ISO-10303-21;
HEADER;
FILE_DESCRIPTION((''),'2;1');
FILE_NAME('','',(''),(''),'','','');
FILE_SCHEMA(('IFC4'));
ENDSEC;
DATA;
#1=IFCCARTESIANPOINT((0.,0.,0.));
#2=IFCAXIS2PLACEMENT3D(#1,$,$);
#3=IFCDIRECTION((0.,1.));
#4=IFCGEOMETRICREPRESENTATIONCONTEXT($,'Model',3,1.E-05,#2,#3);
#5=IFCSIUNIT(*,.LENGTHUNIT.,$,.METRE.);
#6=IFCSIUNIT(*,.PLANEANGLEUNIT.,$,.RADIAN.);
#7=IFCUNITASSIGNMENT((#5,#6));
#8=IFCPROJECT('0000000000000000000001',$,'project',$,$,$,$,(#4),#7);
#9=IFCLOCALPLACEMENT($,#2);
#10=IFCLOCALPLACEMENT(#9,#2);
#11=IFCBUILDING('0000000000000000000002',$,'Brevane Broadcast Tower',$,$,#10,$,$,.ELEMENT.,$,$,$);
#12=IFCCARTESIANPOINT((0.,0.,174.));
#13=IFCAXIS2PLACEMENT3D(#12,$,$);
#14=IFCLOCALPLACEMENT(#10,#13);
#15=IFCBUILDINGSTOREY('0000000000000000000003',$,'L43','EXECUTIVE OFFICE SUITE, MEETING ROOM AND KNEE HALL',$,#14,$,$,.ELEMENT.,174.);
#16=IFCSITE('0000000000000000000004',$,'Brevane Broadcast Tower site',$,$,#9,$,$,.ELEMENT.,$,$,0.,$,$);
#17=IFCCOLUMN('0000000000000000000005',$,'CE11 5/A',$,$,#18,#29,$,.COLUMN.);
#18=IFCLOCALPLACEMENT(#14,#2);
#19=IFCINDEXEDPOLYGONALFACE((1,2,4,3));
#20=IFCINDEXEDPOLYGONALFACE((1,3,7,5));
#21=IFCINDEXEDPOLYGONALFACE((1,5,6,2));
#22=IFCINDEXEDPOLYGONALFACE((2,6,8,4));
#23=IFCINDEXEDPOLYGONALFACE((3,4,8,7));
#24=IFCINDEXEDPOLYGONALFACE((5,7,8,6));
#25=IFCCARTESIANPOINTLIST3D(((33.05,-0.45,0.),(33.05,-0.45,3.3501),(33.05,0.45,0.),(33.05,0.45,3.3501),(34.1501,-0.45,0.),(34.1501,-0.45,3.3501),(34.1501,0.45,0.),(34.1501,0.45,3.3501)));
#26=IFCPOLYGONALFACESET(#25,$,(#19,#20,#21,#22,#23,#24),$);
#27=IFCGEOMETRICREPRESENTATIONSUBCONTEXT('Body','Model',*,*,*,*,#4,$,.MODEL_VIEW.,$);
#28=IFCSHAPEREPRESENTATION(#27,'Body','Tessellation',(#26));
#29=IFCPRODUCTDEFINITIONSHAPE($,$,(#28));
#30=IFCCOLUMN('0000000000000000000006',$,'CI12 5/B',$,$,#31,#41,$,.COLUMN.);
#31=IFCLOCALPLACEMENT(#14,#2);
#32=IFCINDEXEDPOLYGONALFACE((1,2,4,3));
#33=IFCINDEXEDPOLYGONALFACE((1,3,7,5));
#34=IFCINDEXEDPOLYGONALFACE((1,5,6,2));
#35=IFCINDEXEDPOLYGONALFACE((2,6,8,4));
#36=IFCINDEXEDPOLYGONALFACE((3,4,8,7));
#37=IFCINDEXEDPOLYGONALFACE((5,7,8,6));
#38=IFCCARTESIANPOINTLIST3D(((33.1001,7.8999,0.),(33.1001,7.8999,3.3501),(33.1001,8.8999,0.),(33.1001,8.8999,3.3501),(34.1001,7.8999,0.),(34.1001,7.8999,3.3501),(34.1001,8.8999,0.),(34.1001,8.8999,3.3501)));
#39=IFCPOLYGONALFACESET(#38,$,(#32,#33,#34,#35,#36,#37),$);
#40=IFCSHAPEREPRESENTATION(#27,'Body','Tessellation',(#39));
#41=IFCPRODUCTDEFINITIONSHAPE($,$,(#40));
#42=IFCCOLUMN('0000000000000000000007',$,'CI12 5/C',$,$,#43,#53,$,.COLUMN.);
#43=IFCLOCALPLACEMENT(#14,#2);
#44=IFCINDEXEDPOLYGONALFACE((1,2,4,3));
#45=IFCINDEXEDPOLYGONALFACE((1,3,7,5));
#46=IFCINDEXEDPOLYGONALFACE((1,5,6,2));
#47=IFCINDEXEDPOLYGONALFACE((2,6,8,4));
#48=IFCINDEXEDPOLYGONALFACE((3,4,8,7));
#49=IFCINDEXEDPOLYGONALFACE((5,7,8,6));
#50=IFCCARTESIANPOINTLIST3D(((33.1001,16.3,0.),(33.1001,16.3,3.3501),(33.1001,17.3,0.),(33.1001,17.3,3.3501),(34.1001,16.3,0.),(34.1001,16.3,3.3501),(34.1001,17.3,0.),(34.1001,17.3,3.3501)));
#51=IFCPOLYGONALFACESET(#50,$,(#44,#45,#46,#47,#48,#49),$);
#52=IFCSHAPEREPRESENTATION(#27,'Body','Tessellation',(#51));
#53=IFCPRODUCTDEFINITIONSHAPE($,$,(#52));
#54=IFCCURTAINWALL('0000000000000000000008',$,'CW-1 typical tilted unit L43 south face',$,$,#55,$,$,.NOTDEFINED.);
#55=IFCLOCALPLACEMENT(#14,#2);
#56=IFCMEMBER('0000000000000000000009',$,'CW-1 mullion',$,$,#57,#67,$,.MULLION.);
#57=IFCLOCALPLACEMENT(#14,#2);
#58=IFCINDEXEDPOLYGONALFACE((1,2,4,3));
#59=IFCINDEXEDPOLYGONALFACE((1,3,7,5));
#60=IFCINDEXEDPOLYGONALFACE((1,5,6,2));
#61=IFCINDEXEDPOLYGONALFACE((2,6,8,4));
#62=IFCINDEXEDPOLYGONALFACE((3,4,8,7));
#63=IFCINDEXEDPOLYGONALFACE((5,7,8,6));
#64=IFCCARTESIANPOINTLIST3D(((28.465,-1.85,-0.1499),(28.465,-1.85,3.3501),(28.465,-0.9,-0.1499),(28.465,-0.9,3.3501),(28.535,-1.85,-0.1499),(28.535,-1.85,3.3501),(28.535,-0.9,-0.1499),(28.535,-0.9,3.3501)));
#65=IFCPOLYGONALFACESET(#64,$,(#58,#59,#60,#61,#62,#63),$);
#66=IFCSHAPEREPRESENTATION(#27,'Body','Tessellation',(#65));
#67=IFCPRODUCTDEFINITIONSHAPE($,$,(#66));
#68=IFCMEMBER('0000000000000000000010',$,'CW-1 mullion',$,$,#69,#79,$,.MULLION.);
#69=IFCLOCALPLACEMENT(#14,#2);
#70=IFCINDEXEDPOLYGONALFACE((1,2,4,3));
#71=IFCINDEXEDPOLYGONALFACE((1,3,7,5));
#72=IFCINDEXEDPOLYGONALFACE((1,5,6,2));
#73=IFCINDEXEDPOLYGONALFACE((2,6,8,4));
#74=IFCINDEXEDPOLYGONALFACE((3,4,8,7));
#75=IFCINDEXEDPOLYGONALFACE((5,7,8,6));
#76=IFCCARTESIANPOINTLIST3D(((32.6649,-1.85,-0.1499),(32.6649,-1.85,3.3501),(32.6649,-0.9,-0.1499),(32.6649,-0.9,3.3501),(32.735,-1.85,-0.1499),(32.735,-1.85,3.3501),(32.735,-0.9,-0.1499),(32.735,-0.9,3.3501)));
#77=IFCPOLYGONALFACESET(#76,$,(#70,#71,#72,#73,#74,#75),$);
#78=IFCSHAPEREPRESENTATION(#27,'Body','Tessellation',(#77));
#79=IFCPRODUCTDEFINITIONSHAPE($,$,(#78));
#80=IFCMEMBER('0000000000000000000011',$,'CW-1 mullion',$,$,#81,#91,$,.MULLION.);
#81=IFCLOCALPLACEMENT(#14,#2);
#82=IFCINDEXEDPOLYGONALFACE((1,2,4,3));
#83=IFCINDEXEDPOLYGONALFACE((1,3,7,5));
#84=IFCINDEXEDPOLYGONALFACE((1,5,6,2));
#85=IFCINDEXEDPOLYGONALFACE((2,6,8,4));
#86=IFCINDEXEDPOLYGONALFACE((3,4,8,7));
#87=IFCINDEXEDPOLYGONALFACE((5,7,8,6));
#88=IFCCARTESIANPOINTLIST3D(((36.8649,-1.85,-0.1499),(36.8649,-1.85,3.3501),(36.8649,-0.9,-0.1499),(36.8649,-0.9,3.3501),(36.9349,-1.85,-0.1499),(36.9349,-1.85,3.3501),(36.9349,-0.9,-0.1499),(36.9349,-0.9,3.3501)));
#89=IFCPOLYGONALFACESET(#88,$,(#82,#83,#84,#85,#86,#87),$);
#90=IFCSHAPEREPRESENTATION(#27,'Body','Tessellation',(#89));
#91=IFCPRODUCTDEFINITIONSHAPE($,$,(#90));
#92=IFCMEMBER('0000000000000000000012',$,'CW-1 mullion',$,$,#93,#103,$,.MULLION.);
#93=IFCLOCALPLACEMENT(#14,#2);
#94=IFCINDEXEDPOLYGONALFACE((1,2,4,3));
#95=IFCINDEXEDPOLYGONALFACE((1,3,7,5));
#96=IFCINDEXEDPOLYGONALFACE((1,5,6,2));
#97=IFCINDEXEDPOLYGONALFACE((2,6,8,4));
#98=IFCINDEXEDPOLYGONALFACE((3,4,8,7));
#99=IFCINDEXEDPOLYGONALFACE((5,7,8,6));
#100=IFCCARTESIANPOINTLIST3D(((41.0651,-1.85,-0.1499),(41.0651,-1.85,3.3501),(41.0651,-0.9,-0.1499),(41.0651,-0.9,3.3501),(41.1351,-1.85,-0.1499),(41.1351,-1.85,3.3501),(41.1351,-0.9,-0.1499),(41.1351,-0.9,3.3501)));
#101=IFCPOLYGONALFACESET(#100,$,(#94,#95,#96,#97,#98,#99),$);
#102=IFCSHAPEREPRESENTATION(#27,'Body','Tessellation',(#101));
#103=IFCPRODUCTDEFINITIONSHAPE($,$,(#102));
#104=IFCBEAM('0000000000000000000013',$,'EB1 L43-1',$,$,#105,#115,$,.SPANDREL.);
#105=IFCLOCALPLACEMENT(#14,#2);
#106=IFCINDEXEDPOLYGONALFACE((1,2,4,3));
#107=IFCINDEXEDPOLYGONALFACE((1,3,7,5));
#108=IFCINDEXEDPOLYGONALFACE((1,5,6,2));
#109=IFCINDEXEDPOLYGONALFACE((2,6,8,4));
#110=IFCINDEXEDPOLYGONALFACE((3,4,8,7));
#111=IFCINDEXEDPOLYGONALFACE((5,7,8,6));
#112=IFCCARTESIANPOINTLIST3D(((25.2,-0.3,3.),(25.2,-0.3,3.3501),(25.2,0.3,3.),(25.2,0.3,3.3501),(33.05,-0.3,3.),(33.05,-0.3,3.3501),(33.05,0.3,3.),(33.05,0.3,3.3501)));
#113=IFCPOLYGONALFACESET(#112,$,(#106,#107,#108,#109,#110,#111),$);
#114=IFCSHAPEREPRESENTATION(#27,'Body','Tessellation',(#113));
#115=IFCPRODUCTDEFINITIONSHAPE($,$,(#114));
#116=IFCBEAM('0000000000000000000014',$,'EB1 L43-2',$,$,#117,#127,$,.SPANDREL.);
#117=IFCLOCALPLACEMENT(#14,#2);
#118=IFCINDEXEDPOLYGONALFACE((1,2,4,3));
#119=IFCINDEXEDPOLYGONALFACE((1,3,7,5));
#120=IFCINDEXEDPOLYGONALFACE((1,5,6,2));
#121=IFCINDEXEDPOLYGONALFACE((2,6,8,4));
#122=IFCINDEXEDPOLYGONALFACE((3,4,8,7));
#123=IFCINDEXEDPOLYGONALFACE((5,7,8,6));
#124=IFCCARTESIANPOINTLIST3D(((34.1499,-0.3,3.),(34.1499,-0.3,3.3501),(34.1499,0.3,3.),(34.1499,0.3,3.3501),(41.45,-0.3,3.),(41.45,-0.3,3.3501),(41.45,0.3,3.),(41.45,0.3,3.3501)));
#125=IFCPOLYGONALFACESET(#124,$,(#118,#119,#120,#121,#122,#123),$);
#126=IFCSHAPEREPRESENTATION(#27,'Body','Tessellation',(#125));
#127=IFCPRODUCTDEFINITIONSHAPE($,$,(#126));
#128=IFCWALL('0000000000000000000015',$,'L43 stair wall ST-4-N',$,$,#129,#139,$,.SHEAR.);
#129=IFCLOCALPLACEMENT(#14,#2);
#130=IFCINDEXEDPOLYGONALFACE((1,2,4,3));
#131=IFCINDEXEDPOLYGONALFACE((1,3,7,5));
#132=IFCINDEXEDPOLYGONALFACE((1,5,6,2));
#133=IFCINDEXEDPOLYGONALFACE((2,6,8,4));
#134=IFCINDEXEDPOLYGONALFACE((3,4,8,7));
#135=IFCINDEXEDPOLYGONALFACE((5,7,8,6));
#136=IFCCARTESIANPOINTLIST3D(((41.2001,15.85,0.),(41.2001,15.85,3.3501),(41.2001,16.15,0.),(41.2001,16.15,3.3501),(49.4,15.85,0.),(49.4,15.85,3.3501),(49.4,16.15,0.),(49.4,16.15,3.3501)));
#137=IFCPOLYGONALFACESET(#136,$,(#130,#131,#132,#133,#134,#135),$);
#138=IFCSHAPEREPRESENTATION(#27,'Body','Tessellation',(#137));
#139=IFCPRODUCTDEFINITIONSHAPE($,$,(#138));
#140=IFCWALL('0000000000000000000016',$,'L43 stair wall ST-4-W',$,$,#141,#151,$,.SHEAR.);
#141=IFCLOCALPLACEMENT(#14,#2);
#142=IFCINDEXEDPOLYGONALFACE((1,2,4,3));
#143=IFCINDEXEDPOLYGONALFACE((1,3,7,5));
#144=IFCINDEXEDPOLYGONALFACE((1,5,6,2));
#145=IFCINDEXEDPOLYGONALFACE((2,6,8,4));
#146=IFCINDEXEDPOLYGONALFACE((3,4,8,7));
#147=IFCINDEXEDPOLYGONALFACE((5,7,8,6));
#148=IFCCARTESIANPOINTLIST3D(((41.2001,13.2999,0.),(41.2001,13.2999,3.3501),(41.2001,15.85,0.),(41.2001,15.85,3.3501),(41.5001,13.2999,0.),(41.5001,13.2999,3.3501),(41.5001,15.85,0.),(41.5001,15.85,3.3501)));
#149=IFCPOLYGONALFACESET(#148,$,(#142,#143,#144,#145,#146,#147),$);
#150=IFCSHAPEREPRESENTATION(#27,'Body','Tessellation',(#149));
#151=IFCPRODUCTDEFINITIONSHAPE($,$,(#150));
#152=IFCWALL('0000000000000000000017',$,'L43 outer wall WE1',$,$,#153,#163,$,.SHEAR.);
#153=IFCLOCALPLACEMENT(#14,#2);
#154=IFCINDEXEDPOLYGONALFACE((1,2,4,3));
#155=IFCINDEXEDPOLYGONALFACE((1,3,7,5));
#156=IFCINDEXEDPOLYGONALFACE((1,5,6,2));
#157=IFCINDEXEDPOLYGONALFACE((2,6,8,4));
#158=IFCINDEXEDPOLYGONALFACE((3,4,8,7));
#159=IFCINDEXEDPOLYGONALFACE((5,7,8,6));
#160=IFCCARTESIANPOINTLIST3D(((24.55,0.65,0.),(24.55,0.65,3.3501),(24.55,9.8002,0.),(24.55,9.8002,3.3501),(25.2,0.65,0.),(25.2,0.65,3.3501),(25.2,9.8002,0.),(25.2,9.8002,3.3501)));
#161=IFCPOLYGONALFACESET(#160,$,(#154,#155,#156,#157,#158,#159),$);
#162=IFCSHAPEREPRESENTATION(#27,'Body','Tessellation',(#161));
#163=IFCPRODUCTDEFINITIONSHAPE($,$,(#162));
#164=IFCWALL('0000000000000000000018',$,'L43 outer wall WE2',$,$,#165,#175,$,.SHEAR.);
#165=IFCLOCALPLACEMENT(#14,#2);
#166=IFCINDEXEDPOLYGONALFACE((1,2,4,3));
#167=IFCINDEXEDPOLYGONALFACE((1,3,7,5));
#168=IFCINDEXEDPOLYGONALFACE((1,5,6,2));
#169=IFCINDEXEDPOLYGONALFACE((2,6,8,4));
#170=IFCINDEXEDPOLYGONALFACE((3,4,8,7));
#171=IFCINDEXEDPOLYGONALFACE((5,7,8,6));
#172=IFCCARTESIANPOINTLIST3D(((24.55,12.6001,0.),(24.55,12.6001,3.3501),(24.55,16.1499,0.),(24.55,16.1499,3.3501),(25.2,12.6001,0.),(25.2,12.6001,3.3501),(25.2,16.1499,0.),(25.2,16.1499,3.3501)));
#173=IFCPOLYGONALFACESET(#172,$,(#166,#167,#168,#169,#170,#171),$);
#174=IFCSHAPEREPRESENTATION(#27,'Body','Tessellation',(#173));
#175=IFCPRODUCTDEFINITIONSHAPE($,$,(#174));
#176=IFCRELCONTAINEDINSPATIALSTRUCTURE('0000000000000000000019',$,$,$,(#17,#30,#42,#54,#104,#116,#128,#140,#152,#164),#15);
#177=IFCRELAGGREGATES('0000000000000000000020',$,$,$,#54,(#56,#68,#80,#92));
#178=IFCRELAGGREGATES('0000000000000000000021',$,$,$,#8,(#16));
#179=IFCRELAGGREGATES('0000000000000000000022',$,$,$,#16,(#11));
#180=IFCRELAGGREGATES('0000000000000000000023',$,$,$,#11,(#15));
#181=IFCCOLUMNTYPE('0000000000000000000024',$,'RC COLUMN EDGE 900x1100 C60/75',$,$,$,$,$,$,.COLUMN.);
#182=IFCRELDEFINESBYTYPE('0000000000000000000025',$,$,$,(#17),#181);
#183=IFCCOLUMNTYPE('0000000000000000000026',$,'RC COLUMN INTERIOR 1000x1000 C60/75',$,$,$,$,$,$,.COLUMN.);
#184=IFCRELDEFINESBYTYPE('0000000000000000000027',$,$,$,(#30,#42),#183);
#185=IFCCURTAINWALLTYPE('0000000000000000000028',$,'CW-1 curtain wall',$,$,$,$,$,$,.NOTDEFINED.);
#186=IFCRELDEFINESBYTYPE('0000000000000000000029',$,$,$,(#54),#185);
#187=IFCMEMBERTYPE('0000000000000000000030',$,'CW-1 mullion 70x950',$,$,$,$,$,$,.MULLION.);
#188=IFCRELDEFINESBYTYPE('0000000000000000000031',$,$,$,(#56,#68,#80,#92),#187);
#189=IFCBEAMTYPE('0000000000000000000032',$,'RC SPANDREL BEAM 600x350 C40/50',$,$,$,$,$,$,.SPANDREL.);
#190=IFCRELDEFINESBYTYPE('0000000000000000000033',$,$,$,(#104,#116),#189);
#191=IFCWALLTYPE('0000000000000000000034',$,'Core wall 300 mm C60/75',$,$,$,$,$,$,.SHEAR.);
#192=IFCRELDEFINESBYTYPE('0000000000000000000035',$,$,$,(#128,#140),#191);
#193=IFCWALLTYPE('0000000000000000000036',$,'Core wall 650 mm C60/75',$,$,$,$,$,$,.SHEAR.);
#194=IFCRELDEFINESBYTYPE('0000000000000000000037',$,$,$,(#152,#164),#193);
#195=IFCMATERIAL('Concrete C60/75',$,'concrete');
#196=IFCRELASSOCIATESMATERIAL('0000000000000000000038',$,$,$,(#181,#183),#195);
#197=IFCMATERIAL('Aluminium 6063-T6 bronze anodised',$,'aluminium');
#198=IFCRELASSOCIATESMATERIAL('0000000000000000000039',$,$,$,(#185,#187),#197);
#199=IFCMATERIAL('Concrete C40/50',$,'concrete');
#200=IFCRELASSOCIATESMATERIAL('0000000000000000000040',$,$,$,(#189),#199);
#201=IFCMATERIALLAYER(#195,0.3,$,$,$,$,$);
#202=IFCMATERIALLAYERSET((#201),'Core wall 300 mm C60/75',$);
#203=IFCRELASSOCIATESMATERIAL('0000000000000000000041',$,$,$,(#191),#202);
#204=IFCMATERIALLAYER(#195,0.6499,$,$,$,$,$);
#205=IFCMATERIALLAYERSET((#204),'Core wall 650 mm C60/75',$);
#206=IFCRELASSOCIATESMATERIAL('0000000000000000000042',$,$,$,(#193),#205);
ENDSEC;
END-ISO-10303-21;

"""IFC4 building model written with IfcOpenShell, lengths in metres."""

from ifc_helpers import new_model, si_unit, direction, frame, frame_2d, origin, origin_2d, place, context, subcontext, project, spatial, rectangle, extrude, material, layer, layer_set, material_profile, profile_set, type_object, element, aggregate, save


model = new_model("IFC4")

# Units and contexts
model_context = context("Model", 3, precision=1e-05, world=origin(), true_north=direction((0.0, 1.0)))
body_context = subcontext(model_context, "Body", "Model", "MODEL_VIEW")
ifc_project = project(units=[si_unit("LENGTHUNIT", "METRE"), si_unit("PLANEANGLEUNIT", "RADIAN")], contexts=[model_context])

# Site, building, storey
site_placement = place(None, origin())
site = spatial("IfcSite", under=ifc_project, at=site_placement, Name="Brevane Broadcast Tower site", CompositionType="ELEMENT", RefElevation=0.0)
building_placement = place(site_placement, origin())
building = spatial("IfcBuilding", under=site, at=building_placement, Name="Brevane Broadcast Tower", CompositionType="ELEMENT")
storey_placement = place(building_placement, frame((0.0, 0.0, 174.0)))
storey = spatial("IfcBuildingStorey", under=building, at=storey_placement, Name="L43", Description="EXECUTIVE OFFICE SUITE, MEETING ROOM AND KNEE HALL", CompositionType="ELEMENT", Elevation=174.0)

# Columns
ifc_material_1 = material(Name="Concrete C60/75", Category="concrete")
ifc_material_profile_1 = material_profile(ifc_material_1, rectangle(XDim=0.8999, YDim=1.1001, at=origin_2d()), Name="RC 900x1100")
ifc_profile_set_1 = profile_set([ifc_material_profile_1], Name="Concrete C60/75")
column_type_1 = type_object("IfcColumnType", Name="RC COLUMN EDGE 900x1100 C60/75", PredefinedType="COLUMN", material=ifc_profile_set_1)
column_placement = place(storey_placement, frame((33.6001, 0.0, 0.0), z_axis=(0.0, 0.0, 1.0), x_axis=(0.0, 1.0, 0.0)))
element("IfcColumn", 1, at=column_placement, inside=storey, type_object=column_type_1, Name="CE11 5/A", PredefinedType="COLUMN", context=body_context, shape_type="SweptSolid", body=[
    extrude(rectangle(XDim=0.8999, YDim=1.1001, at=origin_2d()), origin(), (0.0, 0.0, 1.0), 3.3501),
])
ifc_material_profile_2 = material_profile(ifc_material_1, rectangle(XDim=1.0, YDim=1.0, at=origin_2d()), Name="RC 1000x1000")
ifc_profile_set_2 = profile_set([ifc_material_profile_2], Name="Concrete C60/75")
column_type_2 = type_object("IfcColumnType", Name="RC COLUMN INTERIOR 1000x1000 C60/75", PredefinedType="COLUMN", material=ifc_profile_set_2)
for number, where, z_axis, x_axis, name in (
    (2, (33.6001, 8.3999, 0.0), (0.0, 0.0, 1.0), (1.0, 0.0, 0.0), "CI12 5/B"),
    (3, (33.6001, 16.8, 0.0), (0.0, 0.0, 1.0), (1.0, 0.0, 0.0), "CI12 5/C"),
):
    element("IfcColumn", number, at=place(storey_placement, frame(where, z_axis=z_axis, x_axis=x_axis)), inside=storey, type_object=column_type_2, Name=name, PredefinedType="COLUMN", context=body_context, shape_type="SweptSolid", body=[
        extrude(rectangle(XDim=1.0, YDim=1.0, at=origin_2d()), origin(), (0.0, 0.0, 1.0), 3.3501),
    ])

# Curtain wall, members
ifc_material_2 = material(Name="Aluminium 6063-T6 bronze anodised", Category="aluminium")
curtain_wall_type = type_object("IfcCurtainWallType", Name="CW-1 curtain wall", PredefinedType="NOTDEFINED", material=ifc_material_2)
curtain_wall_placement = place(storey_placement, origin())
curtain_wall = element("IfcCurtainWall", 4, at=curtain_wall_placement, inside=storey, type_object=curtain_wall_type, Name="CW-1 typical tilted unit L43 south face", PredefinedType="NOTDEFINED")
ifc_material_profile_3 = material_profile(ifc_material_2, rectangle(XDim=0.95, YDim=0.0701, at=origin_2d()), Name="RECT 70x950")
ifc_profile_set_3 = profile_set([ifc_material_profile_3], Name="Aluminium 6063-T6 bronze anodised")
member_type = type_object("IfcMemberType", Name="CW-1 mullion 70x950", PredefinedType="MULLION", material=ifc_profile_set_3)
member_1_placement = place(storey_placement, frame((28.5, -1.375, -0.1499), z_axis=(0.0, 0.0, 1.0), x_axis=(0.0, 1.0, 0.0)))
member_1 = element("IfcMember", 5, at=member_1_placement, type_object=member_type, Name="CW-1 mullion", PredefinedType="MULLION", context=body_context, shape_type="SweptSolid", body=[
    extrude(rectangle(XDim=0.95, YDim=0.0701, at=origin_2d()), origin(), (0.0, 0.0, 1.0), 3.5),
])
member_2_placement = place(storey_placement, frame((32.7, -1.375, -0.1499), z_axis=(0.0, 0.0, 1.0), x_axis=(0.0, 1.0, 0.0)))
member_2 = element("IfcMember", 6, at=member_2_placement, type_object=member_type, Name="CW-1 mullion", PredefinedType="MULLION", context=body_context, shape_type="SweptSolid", body=[
    extrude(rectangle(XDim=0.95, YDim=0.0701, at=origin_2d()), origin(), (0.0, 0.0, 1.0), 3.5),
])
member_3_placement = place(storey_placement, frame((36.8999, -1.375, -0.1499), z_axis=(0.0, 0.0, 1.0), x_axis=(0.0, 1.0, 0.0)))
member_3 = element("IfcMember", 7, at=member_3_placement, type_object=member_type, Name="CW-1 mullion", PredefinedType="MULLION", context=body_context, shape_type="SweptSolid", body=[
    extrude(rectangle(XDim=0.95, YDim=0.0701, at=origin_2d()), origin(), (0.0, 0.0, 1.0), 3.5),
])
member_4_placement = place(storey_placement, frame((41.1001, -1.375, -0.1499), z_axis=(0.0, 0.0, 1.0), x_axis=(0.0, 1.0, 0.0)))
member_4 = element("IfcMember", 8, at=member_4_placement, type_object=member_type, Name="CW-1 mullion", PredefinedType="MULLION", context=body_context, shape_type="SweptSolid", body=[
    extrude(rectangle(XDim=0.95, YDim=0.0701, at=origin_2d()), origin(), (0.0, 0.0, 1.0), 3.5),
])
aggregate(curtain_wall, [member_1, member_2, member_3, member_4])

# Beams
ifc_material_3 = material(Name="Concrete C40/50", Category="concrete")
ifc_material_profile_4 = material_profile(ifc_material_3, rectangle(XDim=0.6001, YDim=0.3501, at=origin_2d()), Name="RC 600x350")
ifc_profile_set_4 = profile_set([ifc_material_profile_4], Name="Concrete C40/50")
beam_type = type_object("IfcBeamType", Name="RC SPANDREL BEAM 600x350 C40/50", PredefinedType="SPANDREL", material=ifc_profile_set_4)
beam_1_placement = place(storey_placement, frame((25.2, 0.0, 3.175), z_axis=(1.0, 0.0, 0.0), x_axis=(0.0, 1.0, 0.0)))
element("IfcBeam", 9, at=beam_1_placement, inside=storey, type_object=beam_type, Name="EB1 L43-1", PredefinedType="SPANDREL", context=body_context, shape_type="SweptSolid", body=[
    extrude(rectangle(XDim=0.6001, YDim=0.3501, at=origin_2d()), origin(), (0.0, 0.0, 1.0), 7.8501),
])
beam_2_placement = place(storey_placement, frame((34.1499, 0.0, 3.175), z_axis=(1.0, 0.0, 0.0), x_axis=(0.0, 1.0, 0.0)))
element("IfcBeam", 10, at=beam_2_placement, inside=storey, type_object=beam_type, Name="EB1 L43-2", PredefinedType="SPANDREL", context=body_context, shape_type="SweptSolid", body=[
    extrude(rectangle(XDim=0.6001, YDim=0.3501, at=origin_2d()), origin(), (0.0, 0.0, 1.0), 7.3),
])

# Walls
ifc_layer_1 = layer(ifc_material_1, 0.3)
ifc_layer_set_1 = layer_set([ifc_layer_1], Name="Core wall 300 mm C60/75")
wall_type_1 = type_object("IfcWallType", Name="Core wall 300 mm C60/75", PredefinedType="SHEAR", material=ifc_layer_set_1)
wall_1_placement = place(storey_placement, frame((41.2, 16.0, 0.0), z_axis=(0.0, 0.0, 1.0), x_axis=(1.0, 0.0, 0.0)))
element("IfcWall", 11, at=wall_1_placement, inside=storey, type_object=wall_type_1, Name="L43 stair wall ST-4-N", PredefinedType="SHEAR", context=body_context, shape_type="SweptSolid", body=[
    extrude(rectangle(XDim=8.2, YDim=0.3, at=frame_2d((4.1001, 0.0))), origin(), (0.0, 0.0, 1.0), 3.3501),
])
wall_2_placement = place(storey_placement, frame((41.3501, 13.3, 0.0), z_axis=(0.0, 0.0, 1.0), x_axis=(0.0, 1.0, 0.0)))
element("IfcWall", 12, at=wall_2_placement, inside=storey, type_object=wall_type_1, Name="L43 stair wall ST-4-W", PredefinedType="SHEAR", context=body_context, shape_type="SweptSolid", body=[
    extrude(rectangle(XDim=2.55, YDim=0.3, at=frame_2d((1.2749, 0.0))), origin(), (0.0, 0.0, 1.0), 3.3501),
])
ifc_layer_2 = layer(ifc_material_1, 0.6499)
ifc_layer_set_2 = layer_set([ifc_layer_2], Name="Core wall 650 mm C60/75")
wall_type_2 = type_object("IfcWallType", Name="Core wall 650 mm C60/75", PredefinedType="SHEAR", material=ifc_layer_set_2)
wall_3_placement = place(storey_placement, frame((24.875, 0.6499, 0.0), z_axis=(0.0, 0.0, 1.0), x_axis=(0.0, 1.0, 0.0)))
element("IfcWall", 13, at=wall_3_placement, inside=storey, type_object=wall_type_2, Name="L43 outer wall WE1", PredefinedType="SHEAR", context=body_context, shape_type="SweptSolid", body=[
    extrude(rectangle(XDim=9.1501, YDim=0.6499, at=frame_2d((4.5752, 0.0))), origin(), (0.0, 0.0, 1.0), 3.3501),
])
wall_4_placement = place(storey_placement, frame((24.875, 12.6001, 0.0), z_axis=(0.0, 0.0, 1.0), x_axis=(0.0, 1.0, 0.0)))
element("IfcWall", 14, at=wall_4_placement, inside=storey, type_object=wall_type_2, Name="L43 outer wall WE2", PredefinedType="SHEAR", context=body_context, shape_type="SweptSolid", body=[
    extrude(rectangle(XDim=3.5498, YDim=0.6499, at=frame_2d((1.7749, 0.0))), origin(), (0.0, 0.0, 1.0), 3.3501),
])

save(model, "model.ifc")
